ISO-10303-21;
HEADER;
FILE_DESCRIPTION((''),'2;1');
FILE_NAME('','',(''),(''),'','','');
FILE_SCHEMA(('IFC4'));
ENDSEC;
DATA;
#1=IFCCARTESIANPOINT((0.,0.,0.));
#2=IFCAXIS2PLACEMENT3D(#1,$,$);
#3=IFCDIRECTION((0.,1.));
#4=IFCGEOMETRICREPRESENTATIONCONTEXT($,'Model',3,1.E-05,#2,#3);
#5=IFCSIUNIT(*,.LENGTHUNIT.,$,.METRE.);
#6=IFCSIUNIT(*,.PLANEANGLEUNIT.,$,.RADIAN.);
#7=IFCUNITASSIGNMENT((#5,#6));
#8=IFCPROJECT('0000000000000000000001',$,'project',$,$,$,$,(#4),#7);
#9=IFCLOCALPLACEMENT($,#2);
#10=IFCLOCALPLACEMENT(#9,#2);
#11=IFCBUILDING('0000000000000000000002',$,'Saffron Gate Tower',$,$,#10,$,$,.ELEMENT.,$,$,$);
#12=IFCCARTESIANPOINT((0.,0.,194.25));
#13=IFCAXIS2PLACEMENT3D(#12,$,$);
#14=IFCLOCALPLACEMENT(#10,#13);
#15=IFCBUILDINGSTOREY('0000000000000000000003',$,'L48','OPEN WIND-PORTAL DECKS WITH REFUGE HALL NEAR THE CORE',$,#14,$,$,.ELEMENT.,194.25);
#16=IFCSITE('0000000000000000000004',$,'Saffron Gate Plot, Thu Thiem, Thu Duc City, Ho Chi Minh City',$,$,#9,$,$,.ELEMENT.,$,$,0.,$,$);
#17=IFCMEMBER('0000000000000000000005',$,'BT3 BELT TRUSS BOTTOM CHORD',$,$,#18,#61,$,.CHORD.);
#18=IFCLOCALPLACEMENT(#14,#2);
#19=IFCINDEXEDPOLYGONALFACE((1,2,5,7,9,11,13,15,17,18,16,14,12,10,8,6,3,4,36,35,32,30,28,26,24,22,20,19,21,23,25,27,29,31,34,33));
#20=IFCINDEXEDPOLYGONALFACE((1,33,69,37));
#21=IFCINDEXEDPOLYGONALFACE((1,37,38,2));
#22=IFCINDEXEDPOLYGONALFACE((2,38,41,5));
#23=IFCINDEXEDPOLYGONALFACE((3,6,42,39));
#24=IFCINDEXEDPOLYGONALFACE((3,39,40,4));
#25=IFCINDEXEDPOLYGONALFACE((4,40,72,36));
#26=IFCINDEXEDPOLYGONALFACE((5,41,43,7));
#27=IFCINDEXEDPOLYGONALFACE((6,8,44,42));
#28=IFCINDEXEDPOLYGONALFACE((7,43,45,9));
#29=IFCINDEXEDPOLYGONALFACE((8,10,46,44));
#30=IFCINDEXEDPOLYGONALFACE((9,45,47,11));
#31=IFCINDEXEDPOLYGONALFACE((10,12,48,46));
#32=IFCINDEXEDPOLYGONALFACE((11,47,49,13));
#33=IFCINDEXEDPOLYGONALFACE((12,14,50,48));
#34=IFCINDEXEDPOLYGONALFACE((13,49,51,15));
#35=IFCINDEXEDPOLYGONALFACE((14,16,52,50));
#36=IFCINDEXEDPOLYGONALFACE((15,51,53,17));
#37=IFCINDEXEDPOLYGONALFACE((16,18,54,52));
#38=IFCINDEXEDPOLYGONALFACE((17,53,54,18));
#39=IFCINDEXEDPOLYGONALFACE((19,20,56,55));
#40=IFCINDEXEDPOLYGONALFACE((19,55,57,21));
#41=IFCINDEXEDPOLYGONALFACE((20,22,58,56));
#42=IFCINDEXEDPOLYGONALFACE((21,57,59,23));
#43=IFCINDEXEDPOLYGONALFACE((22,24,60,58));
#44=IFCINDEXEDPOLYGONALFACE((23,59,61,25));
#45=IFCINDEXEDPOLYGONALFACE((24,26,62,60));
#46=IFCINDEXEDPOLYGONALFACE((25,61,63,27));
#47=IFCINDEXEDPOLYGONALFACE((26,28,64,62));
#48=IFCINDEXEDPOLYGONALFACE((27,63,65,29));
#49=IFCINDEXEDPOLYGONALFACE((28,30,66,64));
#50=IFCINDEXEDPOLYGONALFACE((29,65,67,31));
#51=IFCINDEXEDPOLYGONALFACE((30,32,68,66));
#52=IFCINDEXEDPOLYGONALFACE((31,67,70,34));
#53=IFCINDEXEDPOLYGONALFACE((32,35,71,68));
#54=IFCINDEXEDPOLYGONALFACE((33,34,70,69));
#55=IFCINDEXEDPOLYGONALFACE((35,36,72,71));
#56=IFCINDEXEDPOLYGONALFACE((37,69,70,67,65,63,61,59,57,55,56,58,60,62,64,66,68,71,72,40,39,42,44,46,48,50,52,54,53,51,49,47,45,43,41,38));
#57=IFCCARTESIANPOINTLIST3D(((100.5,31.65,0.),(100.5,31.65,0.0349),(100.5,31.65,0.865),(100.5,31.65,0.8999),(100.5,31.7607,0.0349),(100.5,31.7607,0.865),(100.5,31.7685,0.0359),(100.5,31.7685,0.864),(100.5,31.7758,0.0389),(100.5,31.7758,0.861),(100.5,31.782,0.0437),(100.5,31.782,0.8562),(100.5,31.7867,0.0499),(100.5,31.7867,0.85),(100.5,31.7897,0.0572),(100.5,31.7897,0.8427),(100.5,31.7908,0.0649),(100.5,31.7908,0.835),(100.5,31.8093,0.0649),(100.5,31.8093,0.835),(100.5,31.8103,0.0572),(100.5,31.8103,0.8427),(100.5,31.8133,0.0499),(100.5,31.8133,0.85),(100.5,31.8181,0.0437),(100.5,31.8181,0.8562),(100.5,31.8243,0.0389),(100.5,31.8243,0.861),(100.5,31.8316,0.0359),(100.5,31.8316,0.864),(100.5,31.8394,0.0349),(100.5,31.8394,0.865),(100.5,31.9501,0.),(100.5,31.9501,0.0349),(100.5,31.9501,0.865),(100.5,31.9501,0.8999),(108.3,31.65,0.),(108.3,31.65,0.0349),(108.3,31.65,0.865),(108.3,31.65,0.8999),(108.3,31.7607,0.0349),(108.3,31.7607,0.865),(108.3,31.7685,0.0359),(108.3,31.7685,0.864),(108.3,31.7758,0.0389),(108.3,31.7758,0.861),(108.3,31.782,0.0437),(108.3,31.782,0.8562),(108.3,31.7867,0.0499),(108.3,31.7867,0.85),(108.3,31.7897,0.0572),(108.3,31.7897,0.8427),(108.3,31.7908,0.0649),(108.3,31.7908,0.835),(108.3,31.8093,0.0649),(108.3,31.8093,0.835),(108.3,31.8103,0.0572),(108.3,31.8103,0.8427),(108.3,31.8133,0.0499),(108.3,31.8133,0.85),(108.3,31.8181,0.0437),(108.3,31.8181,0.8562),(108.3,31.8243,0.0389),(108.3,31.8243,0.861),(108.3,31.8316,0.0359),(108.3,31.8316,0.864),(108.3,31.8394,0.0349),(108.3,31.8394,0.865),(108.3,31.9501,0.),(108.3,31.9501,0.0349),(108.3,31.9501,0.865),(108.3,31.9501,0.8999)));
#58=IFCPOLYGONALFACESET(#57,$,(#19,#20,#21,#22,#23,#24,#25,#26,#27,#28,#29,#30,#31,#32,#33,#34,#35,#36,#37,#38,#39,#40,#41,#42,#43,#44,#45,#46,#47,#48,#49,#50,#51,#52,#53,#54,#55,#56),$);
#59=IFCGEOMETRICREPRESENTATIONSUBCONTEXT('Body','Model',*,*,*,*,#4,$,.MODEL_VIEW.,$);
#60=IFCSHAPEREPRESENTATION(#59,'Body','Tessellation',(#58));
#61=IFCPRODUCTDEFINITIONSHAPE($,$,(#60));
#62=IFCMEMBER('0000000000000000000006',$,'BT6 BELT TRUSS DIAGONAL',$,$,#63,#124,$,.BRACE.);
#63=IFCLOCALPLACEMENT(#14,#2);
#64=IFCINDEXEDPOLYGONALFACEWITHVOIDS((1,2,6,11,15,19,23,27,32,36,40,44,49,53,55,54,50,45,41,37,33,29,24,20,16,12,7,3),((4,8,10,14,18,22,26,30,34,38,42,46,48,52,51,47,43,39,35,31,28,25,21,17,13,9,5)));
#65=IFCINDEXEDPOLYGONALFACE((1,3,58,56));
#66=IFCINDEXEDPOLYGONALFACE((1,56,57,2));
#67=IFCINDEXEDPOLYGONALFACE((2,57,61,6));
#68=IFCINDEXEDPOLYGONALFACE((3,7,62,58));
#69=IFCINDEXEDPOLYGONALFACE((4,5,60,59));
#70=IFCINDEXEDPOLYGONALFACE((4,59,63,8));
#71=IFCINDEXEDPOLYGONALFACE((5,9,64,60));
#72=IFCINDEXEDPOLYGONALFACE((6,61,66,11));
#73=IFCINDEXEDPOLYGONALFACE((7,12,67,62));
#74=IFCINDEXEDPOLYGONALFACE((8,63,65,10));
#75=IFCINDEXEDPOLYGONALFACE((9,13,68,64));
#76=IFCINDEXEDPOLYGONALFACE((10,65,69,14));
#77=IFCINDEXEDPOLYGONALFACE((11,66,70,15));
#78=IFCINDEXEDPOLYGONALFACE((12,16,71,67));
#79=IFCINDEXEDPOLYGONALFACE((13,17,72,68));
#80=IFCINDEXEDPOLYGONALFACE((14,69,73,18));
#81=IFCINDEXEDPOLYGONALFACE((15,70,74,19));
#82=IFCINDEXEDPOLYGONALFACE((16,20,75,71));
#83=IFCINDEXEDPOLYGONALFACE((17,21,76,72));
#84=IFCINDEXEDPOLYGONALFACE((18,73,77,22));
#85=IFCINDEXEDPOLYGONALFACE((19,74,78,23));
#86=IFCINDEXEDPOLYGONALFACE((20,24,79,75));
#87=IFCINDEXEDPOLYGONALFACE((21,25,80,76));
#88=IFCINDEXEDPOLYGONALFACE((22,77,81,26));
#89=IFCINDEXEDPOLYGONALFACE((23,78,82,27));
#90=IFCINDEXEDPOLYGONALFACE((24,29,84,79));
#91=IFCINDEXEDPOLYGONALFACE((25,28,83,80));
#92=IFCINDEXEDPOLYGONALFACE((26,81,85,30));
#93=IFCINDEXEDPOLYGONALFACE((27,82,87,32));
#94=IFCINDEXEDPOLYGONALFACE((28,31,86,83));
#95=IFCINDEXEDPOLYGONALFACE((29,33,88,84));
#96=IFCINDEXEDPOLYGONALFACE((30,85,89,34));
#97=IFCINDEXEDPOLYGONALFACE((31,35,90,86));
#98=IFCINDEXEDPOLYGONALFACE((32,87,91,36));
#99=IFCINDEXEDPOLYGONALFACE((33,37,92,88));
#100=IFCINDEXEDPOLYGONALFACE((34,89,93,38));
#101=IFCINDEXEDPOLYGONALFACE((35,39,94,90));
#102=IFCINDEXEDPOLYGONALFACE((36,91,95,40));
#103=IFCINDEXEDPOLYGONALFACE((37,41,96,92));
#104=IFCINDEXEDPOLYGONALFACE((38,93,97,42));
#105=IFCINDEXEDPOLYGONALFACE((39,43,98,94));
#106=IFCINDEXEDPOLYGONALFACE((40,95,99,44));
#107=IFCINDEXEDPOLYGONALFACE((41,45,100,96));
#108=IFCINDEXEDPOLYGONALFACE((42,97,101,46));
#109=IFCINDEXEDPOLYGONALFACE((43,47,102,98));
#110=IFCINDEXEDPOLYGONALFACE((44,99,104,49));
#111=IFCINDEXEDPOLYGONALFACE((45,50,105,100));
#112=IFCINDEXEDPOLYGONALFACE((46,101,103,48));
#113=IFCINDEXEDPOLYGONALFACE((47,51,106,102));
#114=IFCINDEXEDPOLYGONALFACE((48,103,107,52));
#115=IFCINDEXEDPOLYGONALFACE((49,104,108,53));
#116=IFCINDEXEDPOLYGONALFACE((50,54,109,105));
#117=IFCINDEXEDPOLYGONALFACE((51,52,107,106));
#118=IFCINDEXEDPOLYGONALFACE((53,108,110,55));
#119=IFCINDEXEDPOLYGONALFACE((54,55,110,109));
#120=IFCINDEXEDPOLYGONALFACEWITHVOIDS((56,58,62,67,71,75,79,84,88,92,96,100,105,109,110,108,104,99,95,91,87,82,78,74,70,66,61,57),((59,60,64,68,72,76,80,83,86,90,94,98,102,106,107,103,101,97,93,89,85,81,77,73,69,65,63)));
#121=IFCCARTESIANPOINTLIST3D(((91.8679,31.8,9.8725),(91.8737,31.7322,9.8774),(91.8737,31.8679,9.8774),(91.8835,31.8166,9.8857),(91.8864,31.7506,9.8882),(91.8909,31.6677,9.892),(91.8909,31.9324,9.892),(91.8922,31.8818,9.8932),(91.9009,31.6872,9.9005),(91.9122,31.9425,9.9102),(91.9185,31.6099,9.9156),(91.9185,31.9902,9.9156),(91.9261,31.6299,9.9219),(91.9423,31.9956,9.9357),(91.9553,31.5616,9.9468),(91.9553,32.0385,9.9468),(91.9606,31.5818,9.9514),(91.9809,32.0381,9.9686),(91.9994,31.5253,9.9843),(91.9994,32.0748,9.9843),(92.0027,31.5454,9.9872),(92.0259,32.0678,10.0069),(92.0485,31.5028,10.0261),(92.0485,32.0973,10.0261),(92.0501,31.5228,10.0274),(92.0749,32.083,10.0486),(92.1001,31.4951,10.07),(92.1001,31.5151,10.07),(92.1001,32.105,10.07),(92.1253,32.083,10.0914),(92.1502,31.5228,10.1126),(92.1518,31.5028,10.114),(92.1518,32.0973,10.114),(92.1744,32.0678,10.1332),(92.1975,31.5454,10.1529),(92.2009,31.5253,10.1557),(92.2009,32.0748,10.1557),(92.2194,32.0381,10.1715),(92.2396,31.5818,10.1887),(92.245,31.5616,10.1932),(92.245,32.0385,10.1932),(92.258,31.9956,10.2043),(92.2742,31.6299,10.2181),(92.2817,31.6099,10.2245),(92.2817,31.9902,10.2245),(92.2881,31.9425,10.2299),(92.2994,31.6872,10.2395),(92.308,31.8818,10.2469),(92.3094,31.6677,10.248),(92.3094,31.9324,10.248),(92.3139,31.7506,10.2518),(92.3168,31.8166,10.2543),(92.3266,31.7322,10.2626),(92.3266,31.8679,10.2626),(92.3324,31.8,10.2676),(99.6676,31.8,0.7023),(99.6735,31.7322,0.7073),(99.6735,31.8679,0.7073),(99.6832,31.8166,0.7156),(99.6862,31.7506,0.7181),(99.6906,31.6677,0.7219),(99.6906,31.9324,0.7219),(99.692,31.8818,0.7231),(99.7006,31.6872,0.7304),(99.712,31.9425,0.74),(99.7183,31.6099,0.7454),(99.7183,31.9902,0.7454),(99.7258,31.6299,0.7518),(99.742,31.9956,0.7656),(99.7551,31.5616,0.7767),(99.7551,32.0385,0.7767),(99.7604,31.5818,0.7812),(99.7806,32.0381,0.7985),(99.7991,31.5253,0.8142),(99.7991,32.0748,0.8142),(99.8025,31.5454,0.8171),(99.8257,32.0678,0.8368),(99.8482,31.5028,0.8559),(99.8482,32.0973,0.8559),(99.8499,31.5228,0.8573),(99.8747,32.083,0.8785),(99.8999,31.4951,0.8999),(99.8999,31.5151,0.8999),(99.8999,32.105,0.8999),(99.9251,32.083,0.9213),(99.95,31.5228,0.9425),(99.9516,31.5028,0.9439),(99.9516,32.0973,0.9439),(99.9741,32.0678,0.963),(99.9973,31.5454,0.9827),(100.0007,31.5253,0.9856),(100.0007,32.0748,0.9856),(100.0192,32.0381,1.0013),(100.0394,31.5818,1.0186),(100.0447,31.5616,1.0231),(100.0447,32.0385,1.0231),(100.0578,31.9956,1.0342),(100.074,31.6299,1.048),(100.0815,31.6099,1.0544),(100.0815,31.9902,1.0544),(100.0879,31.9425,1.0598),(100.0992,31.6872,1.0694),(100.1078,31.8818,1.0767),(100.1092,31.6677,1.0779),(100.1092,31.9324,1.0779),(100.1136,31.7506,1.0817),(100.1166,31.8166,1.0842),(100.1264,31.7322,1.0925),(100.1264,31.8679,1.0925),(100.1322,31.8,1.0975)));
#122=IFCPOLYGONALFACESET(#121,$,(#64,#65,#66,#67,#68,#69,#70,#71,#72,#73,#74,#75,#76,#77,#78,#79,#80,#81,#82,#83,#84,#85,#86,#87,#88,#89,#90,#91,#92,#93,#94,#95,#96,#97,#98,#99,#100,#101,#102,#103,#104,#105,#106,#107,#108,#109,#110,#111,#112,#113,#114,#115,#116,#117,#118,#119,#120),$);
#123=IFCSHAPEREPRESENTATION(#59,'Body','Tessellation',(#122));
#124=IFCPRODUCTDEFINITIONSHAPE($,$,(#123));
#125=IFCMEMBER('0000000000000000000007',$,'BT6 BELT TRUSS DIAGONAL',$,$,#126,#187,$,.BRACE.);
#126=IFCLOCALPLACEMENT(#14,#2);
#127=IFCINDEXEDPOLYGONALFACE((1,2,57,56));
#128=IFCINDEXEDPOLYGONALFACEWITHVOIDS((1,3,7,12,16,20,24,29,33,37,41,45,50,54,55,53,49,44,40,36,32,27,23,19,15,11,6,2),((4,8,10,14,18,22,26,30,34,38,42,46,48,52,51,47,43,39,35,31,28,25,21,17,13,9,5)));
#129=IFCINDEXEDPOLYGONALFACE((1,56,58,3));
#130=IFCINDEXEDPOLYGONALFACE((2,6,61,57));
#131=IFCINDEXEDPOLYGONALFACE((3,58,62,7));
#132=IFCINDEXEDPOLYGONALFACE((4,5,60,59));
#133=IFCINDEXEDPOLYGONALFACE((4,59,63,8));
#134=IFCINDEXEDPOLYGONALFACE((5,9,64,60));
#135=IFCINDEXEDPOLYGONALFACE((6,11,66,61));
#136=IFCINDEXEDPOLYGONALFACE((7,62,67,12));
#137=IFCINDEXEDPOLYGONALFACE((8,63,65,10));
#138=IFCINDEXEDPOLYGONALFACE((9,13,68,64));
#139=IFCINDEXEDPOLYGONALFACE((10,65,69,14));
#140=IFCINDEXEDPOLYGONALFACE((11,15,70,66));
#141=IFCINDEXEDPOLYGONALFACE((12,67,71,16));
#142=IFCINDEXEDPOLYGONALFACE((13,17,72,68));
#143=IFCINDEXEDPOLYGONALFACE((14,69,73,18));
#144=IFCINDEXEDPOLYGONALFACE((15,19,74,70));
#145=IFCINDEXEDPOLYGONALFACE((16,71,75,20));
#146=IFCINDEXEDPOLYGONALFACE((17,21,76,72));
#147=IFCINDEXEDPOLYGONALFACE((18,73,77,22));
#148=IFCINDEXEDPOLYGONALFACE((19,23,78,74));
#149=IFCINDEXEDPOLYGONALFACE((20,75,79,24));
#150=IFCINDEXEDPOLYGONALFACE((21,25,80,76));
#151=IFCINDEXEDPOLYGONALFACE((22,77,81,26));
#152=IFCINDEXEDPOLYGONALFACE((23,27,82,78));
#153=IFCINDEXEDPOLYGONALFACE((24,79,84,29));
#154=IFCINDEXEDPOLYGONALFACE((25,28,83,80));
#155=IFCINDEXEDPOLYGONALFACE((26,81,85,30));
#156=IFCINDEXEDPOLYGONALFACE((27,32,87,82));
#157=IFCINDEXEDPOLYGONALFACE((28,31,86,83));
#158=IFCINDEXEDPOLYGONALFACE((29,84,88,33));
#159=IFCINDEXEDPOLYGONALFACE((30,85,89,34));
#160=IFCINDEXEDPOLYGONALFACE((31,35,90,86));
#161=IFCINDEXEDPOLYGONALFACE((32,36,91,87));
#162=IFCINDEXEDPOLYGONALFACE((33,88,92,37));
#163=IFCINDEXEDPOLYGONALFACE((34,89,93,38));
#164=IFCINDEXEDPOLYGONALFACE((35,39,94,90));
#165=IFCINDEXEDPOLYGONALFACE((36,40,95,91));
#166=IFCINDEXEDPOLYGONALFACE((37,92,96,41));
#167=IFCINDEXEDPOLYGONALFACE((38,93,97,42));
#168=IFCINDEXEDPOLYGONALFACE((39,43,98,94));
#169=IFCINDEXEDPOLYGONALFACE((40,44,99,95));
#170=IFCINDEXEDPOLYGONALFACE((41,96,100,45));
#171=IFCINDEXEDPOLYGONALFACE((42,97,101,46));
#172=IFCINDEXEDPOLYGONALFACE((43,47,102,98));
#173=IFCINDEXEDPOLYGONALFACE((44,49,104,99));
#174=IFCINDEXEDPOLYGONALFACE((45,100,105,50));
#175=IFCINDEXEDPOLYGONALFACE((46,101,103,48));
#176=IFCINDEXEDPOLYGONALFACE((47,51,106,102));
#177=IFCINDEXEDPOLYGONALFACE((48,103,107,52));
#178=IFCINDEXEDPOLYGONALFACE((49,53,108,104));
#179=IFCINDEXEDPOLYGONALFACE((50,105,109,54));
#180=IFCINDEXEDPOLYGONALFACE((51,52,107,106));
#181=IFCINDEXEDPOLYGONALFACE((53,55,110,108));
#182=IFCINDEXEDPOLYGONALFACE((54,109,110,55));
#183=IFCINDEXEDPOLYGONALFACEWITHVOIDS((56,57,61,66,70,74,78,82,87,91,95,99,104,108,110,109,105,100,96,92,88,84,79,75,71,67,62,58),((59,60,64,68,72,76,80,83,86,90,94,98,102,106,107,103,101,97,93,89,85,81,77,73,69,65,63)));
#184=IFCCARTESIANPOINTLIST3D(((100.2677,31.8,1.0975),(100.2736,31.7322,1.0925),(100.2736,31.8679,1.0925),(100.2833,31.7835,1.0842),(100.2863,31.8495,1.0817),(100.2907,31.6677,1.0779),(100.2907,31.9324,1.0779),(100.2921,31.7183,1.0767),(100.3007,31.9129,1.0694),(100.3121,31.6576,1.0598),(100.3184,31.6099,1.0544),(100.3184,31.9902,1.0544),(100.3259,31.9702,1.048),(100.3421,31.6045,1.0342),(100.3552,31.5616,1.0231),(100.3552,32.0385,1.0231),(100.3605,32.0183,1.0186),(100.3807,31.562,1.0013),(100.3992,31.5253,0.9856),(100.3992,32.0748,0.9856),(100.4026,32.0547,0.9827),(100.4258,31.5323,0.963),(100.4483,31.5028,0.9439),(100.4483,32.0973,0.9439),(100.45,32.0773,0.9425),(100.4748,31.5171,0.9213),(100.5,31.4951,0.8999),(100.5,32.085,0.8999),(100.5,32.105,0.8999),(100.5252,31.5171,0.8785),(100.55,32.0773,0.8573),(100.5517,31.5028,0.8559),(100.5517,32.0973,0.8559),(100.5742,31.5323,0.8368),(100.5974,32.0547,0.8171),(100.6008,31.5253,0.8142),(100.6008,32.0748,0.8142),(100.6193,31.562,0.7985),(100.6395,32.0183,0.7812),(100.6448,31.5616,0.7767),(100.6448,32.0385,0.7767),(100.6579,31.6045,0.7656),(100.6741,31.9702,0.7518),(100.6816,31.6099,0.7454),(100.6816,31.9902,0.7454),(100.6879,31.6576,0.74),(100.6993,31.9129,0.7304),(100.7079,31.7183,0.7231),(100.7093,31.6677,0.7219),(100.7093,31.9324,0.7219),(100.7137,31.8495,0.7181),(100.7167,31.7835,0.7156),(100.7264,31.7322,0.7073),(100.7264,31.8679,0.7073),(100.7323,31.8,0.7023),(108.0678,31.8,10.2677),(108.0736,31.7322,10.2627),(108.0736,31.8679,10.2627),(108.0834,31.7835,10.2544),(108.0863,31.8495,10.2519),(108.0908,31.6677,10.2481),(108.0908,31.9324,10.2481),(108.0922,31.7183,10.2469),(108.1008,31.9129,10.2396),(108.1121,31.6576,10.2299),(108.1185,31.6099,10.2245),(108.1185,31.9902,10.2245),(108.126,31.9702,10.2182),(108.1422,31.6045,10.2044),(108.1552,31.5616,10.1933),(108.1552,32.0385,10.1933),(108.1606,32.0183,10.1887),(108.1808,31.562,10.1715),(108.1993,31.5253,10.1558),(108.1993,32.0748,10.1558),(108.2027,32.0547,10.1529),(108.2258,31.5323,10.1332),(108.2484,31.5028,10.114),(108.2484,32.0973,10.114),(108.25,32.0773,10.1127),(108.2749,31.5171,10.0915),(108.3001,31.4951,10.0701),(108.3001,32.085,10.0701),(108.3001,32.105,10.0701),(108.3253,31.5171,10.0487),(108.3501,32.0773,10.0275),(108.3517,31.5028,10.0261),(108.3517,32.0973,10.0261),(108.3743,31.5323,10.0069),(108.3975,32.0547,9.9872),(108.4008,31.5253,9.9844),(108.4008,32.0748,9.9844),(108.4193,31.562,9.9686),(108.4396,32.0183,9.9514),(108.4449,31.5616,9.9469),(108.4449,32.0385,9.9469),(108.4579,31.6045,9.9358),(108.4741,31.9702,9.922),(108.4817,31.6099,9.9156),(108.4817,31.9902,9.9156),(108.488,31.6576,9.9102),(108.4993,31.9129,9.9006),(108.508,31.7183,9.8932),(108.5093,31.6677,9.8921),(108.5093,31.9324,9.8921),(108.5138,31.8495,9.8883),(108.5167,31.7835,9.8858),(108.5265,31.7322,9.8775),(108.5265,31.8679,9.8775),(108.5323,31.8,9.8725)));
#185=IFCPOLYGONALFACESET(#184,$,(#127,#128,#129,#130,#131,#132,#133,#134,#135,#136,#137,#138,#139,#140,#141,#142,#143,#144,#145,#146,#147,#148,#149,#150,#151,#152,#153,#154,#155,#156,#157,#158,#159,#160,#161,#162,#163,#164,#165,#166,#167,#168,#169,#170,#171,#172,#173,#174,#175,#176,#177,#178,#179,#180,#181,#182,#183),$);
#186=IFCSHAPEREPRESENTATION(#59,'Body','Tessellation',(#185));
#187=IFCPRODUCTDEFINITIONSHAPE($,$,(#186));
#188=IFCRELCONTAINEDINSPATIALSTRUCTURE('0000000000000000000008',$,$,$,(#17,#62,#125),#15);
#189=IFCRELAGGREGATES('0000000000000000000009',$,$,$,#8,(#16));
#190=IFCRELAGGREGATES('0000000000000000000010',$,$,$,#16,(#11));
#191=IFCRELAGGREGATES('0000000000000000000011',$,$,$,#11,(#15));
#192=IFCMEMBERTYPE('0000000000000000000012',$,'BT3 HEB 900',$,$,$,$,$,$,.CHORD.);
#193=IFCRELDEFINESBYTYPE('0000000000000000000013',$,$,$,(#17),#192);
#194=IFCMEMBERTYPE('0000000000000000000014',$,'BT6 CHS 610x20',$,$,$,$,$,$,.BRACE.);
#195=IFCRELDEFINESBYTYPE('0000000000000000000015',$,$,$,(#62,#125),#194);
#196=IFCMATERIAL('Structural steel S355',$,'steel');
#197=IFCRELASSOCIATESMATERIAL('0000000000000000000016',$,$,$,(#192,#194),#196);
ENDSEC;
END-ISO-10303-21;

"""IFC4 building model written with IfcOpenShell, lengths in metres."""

from ifc_helpers import new_model, si_unit, direction, frame, origin, origin_2d, place, context, subcontext, project, spatial, hollow_circle, i_section, extrude, material, material_profile, profile_set, type_object, element, save


model = new_model("IFC4")

# Units and contexts
model_context = context("Model", 3, precision=1e-05, world=origin(), true_north=direction((0.0, 1.0)))
body_context = subcontext(model_context, "Body", "Model", "MODEL_VIEW")
ifc_project = project(units=[si_unit("LENGTHUNIT", "METRE"), si_unit("PLANEANGLEUNIT", "RADIAN")], contexts=[model_context])

# Site, building, storey
site_placement = place(None, origin())
site = spatial("IfcSite", under=ifc_project, at=site_placement, Name="Saffron Gate Plot, Thu Thiem, Thu Duc City, Ho Chi Minh City", CompositionType="ELEMENT", RefElevation=0.0)
building_placement = place(site_placement, origin())
building = spatial("IfcBuilding", under=site, at=building_placement, Name="Saffron Gate Tower", CompositionType="ELEMENT")
storey_placement = place(building_placement, frame((0.0, 0.0, 194.25)))
storey = spatial("IfcBuildingStorey", under=building, at=storey_placement, Name="L48", Description="OPEN WIND-PORTAL DECKS WITH REFUGE HALL NEAR THE CORE", CompositionType="ELEMENT", Elevation=194.25)

# Shared definitions
ifc_material_1 = material(Name="Structural steel S355", Category="steel")

# Members
ifc_material_profile_1 = material_profile(ifc_material_1, i_section(OverallWidth=0.3, OverallDepth=0.8999, WebThickness=0.0186, FlangeThickness=0.0349, FilletRadius=0.03, at=origin_2d()))
ifc_profile_set_1 = profile_set([ifc_material_profile_1], Name="Structural steel S355")
member_type_1 = type_object("IfcMemberType", Name="BT3 HEB 900", PredefinedType="CHORD", material=ifc_profile_set_1)
for number, where, z_axis, x_axis, name in (
    (1, (100.5, 31.8, 0.45), (1.0, 0.0, 0.0), (0.0, 1.0, 0.0), "BT3 BELT TRUSS BOTTOM CHORD"),
):
    element("IfcMember", number, at=place(storey_placement, frame(where, z_axis=z_axis, x_axis=x_axis)), inside=storey, type_object=member_type_1, Name=name, PredefinedType="CHORD", context=body_context, shape_type="SweptSolid", body=[
        extrude(i_section(OverallWidth=0.3, OverallDepth=0.8999, WebThickness=0.0186, FlangeThickness=0.0349, FilletRadius=0.03, at=origin_2d()), origin(), (0.0, 0.0, 1.0), 7.8),
    ])
ifc_material_profile_2 = material_profile(ifc_material_1, hollow_circle(Radius=0.3049, WallThickness=0.02, at=origin_2d()))
ifc_profile_set_2 = profile_set([ifc_material_profile_2], Name="Structural steel S355")
member_type_2 = type_object("IfcMemberType", Name="BT6 CHS 610x20", PredefinedType="BRACE", material=ifc_profile_set_2)
member_1_placement = place(storey_placement, frame((99.8999, 31.8, 0.8999), z_axis=(-0.647897, 0.0, 0.761728), x_axis=(0.0, -1.0, 0.0)))
element("IfcMember", 2, at=member_1_placement, inside=storey, type_object=member_type_2, Name="BT6 BELT TRUSS DIAGONAL", PredefinedType="BRACE", context=body_context, shape_type="SweptSolid", body=[
    extrude(hollow_circle(Radius=0.3049, WallThickness=0.02, at=origin_2d()), origin(), (0.0, 0.0, 1.0), 12.0386),
])
member_2_placement = place(storey_placement, frame((100.5, 31.8, 0.8999), z_axis=(0.647909, 0.0, 0.761718), x_axis=(0.0, 1.0, 0.0)))
element("IfcMember", 3, at=member_2_placement, inside=storey, type_object=member_type_2, Name="BT6 BELT TRUSS DIAGONAL", PredefinedType="BRACE", context=body_context, shape_type="SweptSolid", body=[
    extrude(hollow_circle(Radius=0.3049, WallThickness=0.02, at=origin_2d()), origin(), (0.0, 0.0, 1.0), 12.0388),
])

save(model, "model.ifc")
